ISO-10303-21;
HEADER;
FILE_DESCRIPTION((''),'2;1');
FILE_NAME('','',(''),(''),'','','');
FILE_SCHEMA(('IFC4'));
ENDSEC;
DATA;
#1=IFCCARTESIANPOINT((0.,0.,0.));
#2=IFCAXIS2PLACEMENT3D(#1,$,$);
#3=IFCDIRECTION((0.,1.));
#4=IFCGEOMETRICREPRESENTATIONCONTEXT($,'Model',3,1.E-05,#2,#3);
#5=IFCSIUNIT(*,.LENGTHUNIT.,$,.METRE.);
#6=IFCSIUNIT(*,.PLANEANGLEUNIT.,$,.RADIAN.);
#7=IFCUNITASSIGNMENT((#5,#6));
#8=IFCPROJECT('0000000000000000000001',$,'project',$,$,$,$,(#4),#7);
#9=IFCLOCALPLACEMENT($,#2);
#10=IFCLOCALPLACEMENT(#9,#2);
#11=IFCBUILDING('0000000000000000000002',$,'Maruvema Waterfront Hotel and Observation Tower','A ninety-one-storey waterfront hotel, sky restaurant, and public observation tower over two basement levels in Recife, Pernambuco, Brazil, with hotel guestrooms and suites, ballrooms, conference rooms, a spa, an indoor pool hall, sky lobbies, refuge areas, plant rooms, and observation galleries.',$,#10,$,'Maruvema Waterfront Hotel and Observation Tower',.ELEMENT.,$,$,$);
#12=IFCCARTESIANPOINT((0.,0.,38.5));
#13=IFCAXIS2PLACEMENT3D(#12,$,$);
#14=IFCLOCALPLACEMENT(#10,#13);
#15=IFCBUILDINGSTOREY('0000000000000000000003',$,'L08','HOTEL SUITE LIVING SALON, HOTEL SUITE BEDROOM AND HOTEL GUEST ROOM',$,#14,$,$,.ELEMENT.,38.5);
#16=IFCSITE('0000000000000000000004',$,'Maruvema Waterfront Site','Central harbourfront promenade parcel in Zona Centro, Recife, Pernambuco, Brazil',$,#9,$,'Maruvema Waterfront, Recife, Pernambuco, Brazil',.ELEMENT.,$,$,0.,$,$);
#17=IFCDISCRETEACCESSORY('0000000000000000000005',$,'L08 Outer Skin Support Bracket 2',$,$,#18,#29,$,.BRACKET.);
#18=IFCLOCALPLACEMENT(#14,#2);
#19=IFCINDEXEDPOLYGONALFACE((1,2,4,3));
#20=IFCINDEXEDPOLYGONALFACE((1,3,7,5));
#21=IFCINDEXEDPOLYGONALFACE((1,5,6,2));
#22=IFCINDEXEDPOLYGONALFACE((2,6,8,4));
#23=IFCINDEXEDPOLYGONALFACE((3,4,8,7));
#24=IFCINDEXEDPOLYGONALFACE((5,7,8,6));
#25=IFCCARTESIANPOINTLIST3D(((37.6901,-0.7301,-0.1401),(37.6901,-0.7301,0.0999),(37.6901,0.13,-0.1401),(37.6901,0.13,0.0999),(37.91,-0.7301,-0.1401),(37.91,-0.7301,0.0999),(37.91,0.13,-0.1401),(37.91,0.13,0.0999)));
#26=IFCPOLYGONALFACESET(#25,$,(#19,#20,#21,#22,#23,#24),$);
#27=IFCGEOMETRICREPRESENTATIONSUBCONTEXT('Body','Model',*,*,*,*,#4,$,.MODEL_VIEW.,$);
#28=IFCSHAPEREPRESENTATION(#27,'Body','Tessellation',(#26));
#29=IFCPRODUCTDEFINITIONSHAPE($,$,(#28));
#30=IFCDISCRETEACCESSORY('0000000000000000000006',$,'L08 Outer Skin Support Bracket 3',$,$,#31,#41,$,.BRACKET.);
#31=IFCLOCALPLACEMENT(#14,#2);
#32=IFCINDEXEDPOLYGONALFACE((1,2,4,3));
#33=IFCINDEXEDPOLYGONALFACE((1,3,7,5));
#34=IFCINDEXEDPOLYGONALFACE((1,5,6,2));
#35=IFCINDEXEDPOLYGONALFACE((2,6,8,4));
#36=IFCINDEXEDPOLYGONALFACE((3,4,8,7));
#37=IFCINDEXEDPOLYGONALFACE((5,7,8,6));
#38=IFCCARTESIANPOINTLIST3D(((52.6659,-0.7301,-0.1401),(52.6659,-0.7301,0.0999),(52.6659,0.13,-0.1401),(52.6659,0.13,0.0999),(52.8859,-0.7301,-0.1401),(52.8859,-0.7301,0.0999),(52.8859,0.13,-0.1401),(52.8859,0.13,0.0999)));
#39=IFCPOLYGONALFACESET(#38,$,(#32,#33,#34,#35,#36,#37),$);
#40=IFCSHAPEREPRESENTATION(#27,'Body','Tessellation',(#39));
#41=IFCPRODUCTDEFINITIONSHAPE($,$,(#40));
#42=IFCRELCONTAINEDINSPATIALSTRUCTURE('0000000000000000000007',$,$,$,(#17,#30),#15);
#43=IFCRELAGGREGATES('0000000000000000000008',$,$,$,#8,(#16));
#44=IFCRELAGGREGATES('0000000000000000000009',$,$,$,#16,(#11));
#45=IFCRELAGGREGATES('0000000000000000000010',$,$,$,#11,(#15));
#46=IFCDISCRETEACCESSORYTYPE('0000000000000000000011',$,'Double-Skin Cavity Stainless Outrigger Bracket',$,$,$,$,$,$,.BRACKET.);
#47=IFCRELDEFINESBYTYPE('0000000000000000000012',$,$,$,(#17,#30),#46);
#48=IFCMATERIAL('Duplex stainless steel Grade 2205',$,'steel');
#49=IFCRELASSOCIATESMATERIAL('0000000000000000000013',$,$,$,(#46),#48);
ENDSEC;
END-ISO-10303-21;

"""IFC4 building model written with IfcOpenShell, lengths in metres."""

from ifc_helpers import new_model, si_unit, direction, frame, origin, origin_2d, place, context, subcontext, project, spatial, rectangle, extrude, material, type_object, element, save


model = new_model("IFC4")

# Units and contexts
model_context = context("Model", 3, precision=1e-05, world=origin(), true_north=direction((0.0, 1.0)))
body_context = subcontext(model_context, "Body", "Model", "MODEL_VIEW")
ifc_project = project(units=[si_unit("LENGTHUNIT", "METRE"), si_unit("PLANEANGLEUNIT", "RADIAN")], contexts=[model_context])

# Site, building, storey
site_placement = place(None, origin())
site = spatial("IfcSite", under=ifc_project, at=site_placement, Name="Maruvema Waterfront Site", Description="Central harbourfront promenade parcel in Zona Centro, Recife, Pernambuco, Brazil", LongName="Maruvema Waterfront, Recife, Pernambuco, Brazil", CompositionType="ELEMENT", RefElevation=0.0)
building_placement = place(site_placement, origin())
building = spatial("IfcBuilding", under=site, at=building_placement, Name="Maruvema Waterfront Hotel and Observation Tower", Description="A ninety-one-storey waterfront hotel, sky restaurant, and public observation tower over two basement levels in Recife, Pernambuco, Brazil, with hotel guestrooms and suites, ballrooms, conference rooms, a spa, an indoor pool hall, sky lobbies, refuge areas, plant rooms, and observation galleries.", LongName="Maruvema Waterfront Hotel and Observation Tower", CompositionType="ELEMENT")
storey_placement = place(building_placement, frame((0.0, 0.0, 38.5)))
storey = spatial("IfcBuildingStorey", under=building, at=storey_placement, Name="L08", Description="HOTEL SUITE LIVING SALON, HOTEL SUITE BEDROOM AND HOTEL GUEST ROOM", CompositionType="ELEMENT", Elevation=38.5)

# Discrete accessories
ifc_material_1 = material(Name="Duplex stainless steel Grade 2205", Category="steel")
discrete_accessory_type = type_object("IfcDiscreteAccessoryType", Name="Double-Skin Cavity Stainless Outrigger Bracket", PredefinedType="BRACKET", material=ifc_material_1)
for number, where, z_axis, x_axis, name in (
    (1, (37.8, -0.3, -0.1401), (0.0, 0.0, 1.0), (1.0, 0.0, 0.0), "L08 Outer Skin Support Bracket 2"),
    (2, (52.7759, -0.3, -0.1401), (0.0, 0.0, 1.0), (1.0, 0.0, 0.0), "L08 Outer Skin Support Bracket 3"),
):
    element("IfcDiscreteAccessory", number, at=place(storey_placement, frame(where, z_axis=z_axis, x_axis=x_axis)), inside=storey, type_object=discrete_accessory_type, Name=name, PredefinedType="BRACKET", context=body_context, shape_type="SweptSolid", body=[
        extrude(rectangle(XDim=0.22, YDim=0.8601, at=origin_2d()), origin(), (0.0, 0.0, 1.0), 0.24),
    ])

save(model, "model.ifc")
